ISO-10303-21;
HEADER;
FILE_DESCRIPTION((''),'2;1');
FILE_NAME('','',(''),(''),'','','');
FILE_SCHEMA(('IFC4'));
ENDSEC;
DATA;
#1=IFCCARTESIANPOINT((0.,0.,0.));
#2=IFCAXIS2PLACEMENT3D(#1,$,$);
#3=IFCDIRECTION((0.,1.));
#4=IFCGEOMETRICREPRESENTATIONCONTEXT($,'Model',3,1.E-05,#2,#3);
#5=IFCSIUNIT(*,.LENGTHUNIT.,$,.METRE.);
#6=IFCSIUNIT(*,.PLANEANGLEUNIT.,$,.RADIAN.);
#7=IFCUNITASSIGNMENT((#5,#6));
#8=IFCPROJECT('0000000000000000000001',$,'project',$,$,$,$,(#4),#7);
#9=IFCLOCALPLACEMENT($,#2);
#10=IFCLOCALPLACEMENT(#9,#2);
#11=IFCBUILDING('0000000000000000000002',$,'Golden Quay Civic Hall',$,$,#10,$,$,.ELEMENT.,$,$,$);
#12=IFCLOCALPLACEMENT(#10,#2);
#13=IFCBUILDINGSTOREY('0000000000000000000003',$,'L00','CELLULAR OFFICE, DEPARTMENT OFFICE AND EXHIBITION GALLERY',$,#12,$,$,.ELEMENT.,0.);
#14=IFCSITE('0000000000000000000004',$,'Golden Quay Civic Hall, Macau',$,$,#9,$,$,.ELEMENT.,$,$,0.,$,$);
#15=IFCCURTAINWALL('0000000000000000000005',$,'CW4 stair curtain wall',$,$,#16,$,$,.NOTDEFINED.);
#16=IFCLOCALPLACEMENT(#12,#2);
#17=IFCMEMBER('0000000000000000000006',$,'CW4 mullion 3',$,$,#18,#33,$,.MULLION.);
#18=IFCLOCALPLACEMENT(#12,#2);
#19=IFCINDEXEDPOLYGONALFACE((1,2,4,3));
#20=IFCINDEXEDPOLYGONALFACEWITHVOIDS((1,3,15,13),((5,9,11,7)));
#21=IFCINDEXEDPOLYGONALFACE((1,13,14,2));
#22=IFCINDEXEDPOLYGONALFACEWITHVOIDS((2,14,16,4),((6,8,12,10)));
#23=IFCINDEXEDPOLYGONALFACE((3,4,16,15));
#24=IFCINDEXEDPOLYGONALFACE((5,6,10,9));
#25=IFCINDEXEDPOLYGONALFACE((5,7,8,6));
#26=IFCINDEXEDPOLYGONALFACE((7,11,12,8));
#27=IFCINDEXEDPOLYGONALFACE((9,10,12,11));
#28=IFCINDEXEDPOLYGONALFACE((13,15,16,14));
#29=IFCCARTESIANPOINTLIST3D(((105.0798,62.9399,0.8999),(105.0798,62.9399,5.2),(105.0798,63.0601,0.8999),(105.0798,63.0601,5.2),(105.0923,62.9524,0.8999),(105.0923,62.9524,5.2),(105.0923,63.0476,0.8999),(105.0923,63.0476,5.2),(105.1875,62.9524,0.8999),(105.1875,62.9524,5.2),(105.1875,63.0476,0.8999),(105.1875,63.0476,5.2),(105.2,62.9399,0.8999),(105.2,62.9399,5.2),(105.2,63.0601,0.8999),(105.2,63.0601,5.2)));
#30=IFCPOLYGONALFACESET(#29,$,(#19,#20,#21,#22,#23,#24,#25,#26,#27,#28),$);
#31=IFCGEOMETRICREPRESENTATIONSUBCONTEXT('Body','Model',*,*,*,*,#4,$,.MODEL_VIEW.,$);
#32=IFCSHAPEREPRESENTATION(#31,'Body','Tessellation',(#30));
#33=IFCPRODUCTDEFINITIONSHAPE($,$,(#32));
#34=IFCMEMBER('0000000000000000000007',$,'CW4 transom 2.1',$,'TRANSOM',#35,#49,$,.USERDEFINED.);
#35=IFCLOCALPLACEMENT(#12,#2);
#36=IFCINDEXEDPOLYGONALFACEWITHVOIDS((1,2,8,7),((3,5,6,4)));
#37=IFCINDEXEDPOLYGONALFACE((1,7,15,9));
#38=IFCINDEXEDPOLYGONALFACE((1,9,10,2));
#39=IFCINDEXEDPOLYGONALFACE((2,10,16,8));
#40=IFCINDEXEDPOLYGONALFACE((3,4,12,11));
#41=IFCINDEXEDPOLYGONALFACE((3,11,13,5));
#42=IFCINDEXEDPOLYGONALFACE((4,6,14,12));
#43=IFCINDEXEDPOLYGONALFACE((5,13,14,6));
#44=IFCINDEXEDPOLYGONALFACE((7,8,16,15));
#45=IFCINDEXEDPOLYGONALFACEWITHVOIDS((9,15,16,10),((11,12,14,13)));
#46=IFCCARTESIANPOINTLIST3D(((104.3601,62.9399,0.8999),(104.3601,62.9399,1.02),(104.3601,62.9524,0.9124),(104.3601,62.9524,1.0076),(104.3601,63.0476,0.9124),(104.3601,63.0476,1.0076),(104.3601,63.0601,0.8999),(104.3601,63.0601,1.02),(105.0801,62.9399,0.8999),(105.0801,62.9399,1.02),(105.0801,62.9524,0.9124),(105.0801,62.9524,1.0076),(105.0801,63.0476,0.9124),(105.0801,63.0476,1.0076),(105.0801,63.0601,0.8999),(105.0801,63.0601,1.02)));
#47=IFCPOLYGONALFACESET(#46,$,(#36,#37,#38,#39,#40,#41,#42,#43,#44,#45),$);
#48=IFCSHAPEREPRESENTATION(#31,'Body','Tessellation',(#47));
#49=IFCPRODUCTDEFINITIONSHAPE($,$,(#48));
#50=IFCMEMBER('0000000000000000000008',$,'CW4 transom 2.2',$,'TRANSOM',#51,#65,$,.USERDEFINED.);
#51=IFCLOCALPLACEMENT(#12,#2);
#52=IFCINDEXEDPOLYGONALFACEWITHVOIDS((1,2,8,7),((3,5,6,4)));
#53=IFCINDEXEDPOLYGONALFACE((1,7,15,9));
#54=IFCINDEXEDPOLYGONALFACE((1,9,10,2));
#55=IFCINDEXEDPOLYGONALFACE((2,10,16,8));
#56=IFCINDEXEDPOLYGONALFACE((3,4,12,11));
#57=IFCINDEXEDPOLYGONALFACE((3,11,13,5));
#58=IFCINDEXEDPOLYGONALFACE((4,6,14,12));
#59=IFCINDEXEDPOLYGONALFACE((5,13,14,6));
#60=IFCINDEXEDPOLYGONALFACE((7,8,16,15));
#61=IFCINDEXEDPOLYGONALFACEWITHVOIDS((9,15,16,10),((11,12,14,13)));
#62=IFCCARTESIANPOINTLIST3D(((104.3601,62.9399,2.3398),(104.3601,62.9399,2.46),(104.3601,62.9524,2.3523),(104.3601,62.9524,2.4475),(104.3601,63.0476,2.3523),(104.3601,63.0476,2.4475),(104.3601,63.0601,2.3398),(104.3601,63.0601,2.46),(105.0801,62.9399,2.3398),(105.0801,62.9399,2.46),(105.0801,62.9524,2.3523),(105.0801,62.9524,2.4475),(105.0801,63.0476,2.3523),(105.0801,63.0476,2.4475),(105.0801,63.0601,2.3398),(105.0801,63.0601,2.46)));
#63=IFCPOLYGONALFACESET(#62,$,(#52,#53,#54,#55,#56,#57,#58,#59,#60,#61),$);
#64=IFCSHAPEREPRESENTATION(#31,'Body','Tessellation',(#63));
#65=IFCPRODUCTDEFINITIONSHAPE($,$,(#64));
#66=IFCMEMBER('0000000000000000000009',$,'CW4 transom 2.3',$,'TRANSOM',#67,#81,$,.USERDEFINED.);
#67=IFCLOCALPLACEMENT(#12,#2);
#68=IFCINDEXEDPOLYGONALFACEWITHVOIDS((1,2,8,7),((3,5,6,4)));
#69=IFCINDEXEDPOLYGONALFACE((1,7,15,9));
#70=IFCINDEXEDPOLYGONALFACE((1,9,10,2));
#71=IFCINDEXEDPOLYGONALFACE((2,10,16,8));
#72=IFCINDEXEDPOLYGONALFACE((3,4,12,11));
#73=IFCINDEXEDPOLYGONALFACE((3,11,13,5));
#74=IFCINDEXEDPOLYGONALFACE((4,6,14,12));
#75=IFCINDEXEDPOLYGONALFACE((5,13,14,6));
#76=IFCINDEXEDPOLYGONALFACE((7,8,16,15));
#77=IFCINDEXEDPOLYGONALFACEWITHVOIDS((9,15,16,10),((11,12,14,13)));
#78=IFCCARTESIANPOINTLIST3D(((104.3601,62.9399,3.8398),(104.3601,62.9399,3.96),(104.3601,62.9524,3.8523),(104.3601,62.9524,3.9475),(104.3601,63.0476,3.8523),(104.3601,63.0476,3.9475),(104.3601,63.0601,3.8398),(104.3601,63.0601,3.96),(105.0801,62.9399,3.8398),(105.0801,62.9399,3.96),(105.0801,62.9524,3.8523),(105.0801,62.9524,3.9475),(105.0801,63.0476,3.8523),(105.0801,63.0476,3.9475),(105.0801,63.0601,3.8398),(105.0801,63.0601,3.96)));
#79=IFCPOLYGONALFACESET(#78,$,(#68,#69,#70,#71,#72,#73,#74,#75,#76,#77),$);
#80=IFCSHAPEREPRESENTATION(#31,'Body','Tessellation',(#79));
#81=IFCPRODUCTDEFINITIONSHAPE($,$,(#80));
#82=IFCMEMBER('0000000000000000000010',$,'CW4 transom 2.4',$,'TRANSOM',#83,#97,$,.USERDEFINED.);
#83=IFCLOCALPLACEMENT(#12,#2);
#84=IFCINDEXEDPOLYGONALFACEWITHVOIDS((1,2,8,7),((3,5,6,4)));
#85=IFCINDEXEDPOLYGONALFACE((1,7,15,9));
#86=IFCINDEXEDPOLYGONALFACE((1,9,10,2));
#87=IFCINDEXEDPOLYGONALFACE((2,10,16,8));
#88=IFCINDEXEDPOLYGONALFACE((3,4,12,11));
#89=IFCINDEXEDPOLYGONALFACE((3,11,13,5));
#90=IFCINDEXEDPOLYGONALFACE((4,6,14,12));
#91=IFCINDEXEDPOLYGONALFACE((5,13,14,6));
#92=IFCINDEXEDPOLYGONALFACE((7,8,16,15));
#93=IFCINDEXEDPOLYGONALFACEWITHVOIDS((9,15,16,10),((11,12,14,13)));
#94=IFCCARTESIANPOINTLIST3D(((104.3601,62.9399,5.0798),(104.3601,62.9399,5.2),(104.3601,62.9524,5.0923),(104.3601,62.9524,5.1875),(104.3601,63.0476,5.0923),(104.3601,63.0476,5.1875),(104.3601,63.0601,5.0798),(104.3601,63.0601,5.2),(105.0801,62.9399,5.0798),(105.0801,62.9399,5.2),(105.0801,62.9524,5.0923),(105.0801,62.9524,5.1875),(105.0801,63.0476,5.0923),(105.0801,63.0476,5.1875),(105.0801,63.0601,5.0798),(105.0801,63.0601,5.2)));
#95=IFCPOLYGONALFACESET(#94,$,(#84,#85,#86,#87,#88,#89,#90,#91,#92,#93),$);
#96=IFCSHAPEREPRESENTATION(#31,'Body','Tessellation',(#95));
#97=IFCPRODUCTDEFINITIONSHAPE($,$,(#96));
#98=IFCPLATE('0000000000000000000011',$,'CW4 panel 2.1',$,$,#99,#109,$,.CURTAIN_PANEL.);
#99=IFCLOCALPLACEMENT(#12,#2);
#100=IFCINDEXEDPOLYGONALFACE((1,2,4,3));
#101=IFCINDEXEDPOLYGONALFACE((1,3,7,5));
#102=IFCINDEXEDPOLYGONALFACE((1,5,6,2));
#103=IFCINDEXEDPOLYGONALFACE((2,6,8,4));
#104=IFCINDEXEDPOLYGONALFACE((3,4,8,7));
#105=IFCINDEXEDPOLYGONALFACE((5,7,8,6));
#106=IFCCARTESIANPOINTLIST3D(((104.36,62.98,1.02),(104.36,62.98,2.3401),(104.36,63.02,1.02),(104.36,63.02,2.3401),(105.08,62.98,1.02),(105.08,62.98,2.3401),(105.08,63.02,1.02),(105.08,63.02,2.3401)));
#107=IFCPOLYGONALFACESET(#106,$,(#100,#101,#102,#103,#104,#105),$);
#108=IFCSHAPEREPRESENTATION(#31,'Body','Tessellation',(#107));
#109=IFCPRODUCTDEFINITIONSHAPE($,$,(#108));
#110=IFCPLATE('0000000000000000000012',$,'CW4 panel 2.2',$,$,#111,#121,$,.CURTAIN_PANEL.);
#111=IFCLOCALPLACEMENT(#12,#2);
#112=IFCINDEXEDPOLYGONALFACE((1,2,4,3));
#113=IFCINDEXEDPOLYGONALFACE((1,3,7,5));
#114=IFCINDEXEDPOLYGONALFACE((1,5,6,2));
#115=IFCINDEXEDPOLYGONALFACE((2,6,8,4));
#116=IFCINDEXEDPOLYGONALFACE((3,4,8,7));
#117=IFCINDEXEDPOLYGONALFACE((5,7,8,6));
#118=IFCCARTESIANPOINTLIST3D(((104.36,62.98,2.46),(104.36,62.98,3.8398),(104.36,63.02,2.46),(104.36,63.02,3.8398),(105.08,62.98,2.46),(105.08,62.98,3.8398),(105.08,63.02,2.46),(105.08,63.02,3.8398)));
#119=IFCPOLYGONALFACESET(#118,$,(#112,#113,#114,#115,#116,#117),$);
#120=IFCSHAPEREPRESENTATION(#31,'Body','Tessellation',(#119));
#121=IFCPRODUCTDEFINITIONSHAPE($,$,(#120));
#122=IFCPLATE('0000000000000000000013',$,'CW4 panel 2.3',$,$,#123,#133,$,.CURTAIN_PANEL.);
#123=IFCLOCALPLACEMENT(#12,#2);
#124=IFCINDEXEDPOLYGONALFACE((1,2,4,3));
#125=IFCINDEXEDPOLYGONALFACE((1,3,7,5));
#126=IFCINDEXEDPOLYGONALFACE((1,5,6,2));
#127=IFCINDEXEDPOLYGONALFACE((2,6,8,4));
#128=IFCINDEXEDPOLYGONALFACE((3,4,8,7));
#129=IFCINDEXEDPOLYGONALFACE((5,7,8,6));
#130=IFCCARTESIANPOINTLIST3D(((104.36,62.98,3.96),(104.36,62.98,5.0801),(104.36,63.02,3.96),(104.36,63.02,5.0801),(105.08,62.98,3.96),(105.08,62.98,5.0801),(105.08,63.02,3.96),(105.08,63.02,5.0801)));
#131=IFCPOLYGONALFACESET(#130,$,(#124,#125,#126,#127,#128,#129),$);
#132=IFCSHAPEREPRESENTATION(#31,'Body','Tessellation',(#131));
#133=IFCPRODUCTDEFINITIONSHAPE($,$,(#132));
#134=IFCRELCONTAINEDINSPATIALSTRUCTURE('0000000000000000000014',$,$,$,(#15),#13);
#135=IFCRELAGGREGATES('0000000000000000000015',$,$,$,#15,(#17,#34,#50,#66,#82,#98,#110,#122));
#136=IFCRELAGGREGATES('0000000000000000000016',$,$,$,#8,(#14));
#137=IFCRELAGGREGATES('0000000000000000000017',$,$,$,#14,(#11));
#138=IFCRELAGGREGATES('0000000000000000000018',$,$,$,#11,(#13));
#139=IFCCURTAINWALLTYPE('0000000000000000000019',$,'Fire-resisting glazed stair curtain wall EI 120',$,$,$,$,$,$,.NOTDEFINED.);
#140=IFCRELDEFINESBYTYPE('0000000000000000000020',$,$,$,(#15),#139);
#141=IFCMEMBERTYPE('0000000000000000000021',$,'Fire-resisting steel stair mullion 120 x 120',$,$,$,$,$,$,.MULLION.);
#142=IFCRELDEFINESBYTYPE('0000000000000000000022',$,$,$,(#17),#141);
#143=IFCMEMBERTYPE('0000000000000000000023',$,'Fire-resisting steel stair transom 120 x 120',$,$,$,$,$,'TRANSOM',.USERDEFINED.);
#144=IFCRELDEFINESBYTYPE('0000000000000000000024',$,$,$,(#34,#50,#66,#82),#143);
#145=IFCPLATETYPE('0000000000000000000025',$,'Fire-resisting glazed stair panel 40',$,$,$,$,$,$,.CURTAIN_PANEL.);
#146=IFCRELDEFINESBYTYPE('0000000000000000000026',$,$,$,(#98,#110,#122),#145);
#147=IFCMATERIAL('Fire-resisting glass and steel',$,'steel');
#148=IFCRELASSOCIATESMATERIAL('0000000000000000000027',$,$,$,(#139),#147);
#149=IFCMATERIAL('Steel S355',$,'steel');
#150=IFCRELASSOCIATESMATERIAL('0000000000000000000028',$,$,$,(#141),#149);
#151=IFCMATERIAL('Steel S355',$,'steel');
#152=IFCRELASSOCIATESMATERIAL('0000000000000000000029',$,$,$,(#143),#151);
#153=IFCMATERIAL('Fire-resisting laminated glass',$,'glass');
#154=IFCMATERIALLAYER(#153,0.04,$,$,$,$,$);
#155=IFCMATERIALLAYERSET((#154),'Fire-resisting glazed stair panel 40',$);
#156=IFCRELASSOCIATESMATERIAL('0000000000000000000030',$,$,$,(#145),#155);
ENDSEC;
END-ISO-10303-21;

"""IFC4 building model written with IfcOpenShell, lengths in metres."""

from ifc_helpers import new_model, si_unit, direction, frame, origin, origin_2d, place, context, subcontext, project, spatial, rectangle, hollow_rectangle, extrude, material, layer, layer_set, material_profile, profile_set, type_object, element, aggregate, save


model = new_model("IFC4")

# Units and contexts
model_context = context("Model", 3, precision=1e-05, world=origin(), true_north=direction((0.0, 1.0)))
body_context = subcontext(model_context, "Body", "Model", "MODEL_VIEW")
ifc_project = project(units=[si_unit("LENGTHUNIT", "METRE"), si_unit("PLANEANGLEUNIT", "RADIAN")], contexts=[model_context])

# Site, building, storey
site_placement = place(None, origin())
site = spatial("IfcSite", under=ifc_project, at=site_placement, Name="Golden Quay Civic Hall, Macau", CompositionType="ELEMENT", RefElevation=0.0)
building_placement = place(site_placement, origin())
building = spatial("IfcBuilding", under=site, at=building_placement, Name="Golden Quay Civic Hall", CompositionType="ELEMENT")
storey_placement = place(building_placement, origin())
storey = spatial("IfcBuildingStorey", under=building, at=storey_placement, Name="L00", Description="CELLULAR OFFICE, DEPARTMENT OFFICE AND EXHIBITION GALLERY", CompositionType="ELEMENT", Elevation=0.0)

# Curtain wall, members, plates
ifc_material_1 = material(Name="Fire-resisting glass and steel", Category="steel")
curtain_wall_type = type_object("IfcCurtainWallType", Name="Fire-resisting glazed stair curtain wall EI 120", PredefinedType="NOTDEFINED", material=ifc_material_1)
curtain_wall_placement = place(storey_placement, origin())
curtain_wall = element("IfcCurtainWall", 1, at=curtain_wall_placement, inside=storey, type_object=curtain_wall_type, Name="CW4 stair curtain wall", PredefinedType="NOTDEFINED")
ifc_material_2 = material(Name="Steel S355", Category="steel")
ifc_material_profile_1 = material_profile(ifc_material_2, hollow_rectangle(XDim=0.1201, YDim=0.1201, WallThickness=0.0125, at=origin_2d()), Name="SHS 120x120x12.5")
ifc_profile_set_1 = profile_set([ifc_material_profile_1], Name="Steel S355")
member_type_1 = type_object("IfcMemberType", Name="Fire-resisting steel stair mullion 120 x 120", PredefinedType="MULLION", material=ifc_profile_set_1)
member_1_placement = place(storey_placement, frame((105.1399, 63.0, 0.8999), z_axis=(0.0, 0.0, 1.0), x_axis=(0.0, 1.0, 0.0)))
member_1 = element("IfcMember", 2, at=member_1_placement, type_object=member_type_1, Name="CW4 mullion 3", PredefinedType="MULLION", context=body_context, shape_type="SweptSolid", body=[
    extrude(hollow_rectangle(XDim=0.1201, YDim=0.1201, WallThickness=0.0125, at=origin_2d()), origin(), (0.0, 0.0, 1.0), 4.3),
])
ifc_material_3 = material(Name="Steel S355", Category="steel")
ifc_material_profile_2 = material_profile(ifc_material_3, hollow_rectangle(XDim=0.1201, YDim=0.1201, WallThickness=0.0125, at=origin_2d()), Name="SHS 120x120x12.5")
ifc_profile_set_2 = profile_set([ifc_material_profile_2], Name="Steel S355")
member_type_2 = type_object("IfcMemberType", Name="Fire-resisting steel stair transom 120 x 120", ElementType="TRANSOM", PredefinedType="USERDEFINED", material=ifc_profile_set_2)
member_2_placement = place(storey_placement, frame((104.3601, 63.0, 0.96), z_axis=(1.0, 0.0, 0.0), x_axis=(0.0, 1.0, 0.0)))
member_2 = element("IfcMember", 3, at=member_2_placement, type_object=member_type_2, Name="CW4 transom 2.1", ObjectType="TRANSOM", PredefinedType="USERDEFINED", context=body_context, shape_type="SweptSolid", body=[
    extrude(hollow_rectangle(XDim=0.1201, YDim=0.1201, WallThickness=0.0125, at=origin_2d()), origin(), (0.0, 0.0, 1.0), 0.72),
])
member_3_placement = place(storey_placement, frame((104.3601, 63.0, 2.3999), z_axis=(1.0, 0.0, 0.0), x_axis=(0.0, 1.0, 0.0)))
member_3 = element("IfcMember", 4, at=member_3_placement, type_object=member_type_2, Name="CW4 transom 2.2", ObjectType="TRANSOM", PredefinedType="USERDEFINED", context=body_context, shape_type="SweptSolid", body=[
    extrude(hollow_rectangle(XDim=0.1201, YDim=0.1201, WallThickness=0.0125, at=origin_2d()), origin(), (0.0, 0.0, 1.0), 0.72),
])
member_4_placement = place(storey_placement, frame((104.3601, 63.0, 3.8999), z_axis=(1.0, 0.0, 0.0), x_axis=(0.0, 1.0, 0.0)))
member_4 = element("IfcMember", 5, at=member_4_placement, type_object=member_type_2, Name="CW4 transom 2.3", ObjectType="TRANSOM", PredefinedType="USERDEFINED", context=body_context, shape_type="SweptSolid", body=[
    extrude(hollow_rectangle(XDim=0.1201, YDim=0.1201, WallThickness=0.0125, at=origin_2d()), origin(), (0.0, 0.0, 1.0), 0.72),
])
member_5_placement = place(storey_placement, frame((104.3601, 63.0, 5.1399), z_axis=(1.0, 0.0, 0.0), x_axis=(0.0, 1.0, 0.0)))
member_5 = element("IfcMember", 6, at=member_5_placement, type_object=member_type_2, Name="CW4 transom 2.4", ObjectType="TRANSOM", PredefinedType="USERDEFINED", context=body_context, shape_type="SweptSolid", body=[
    extrude(hollow_rectangle(XDim=0.1201, YDim=0.1201, WallThickness=0.0125, at=origin_2d()), origin(), (0.0, 0.0, 1.0), 0.72),
])
ifc_material_4 = material(Name="Fire-resisting laminated glass", Category="glass")
ifc_layer = layer(ifc_material_4, 0.04)
ifc_layer_set = layer_set([ifc_layer], Name="Fire-resisting glazed stair panel 40")
plate_type = type_object("IfcPlateType", Name="Fire-resisting glazed stair panel 40", PredefinedType="CURTAIN_PANEL", material=ifc_layer_set)
plate_1_placement = place(storey_placement, frame((104.72, 63.0, 1.02), z_axis=(0.0, 0.0, 1.0), x_axis=(1.0, 0.0, 0.0)))
plate_1 = element("IfcPlate", 7, at=plate_1_placement, type_object=plate_type, Name="CW4 panel 2.1", PredefinedType="CURTAIN_PANEL", context=body_context, shape_type="SweptSolid", body=[
    extrude(rectangle(XDim=0.72, YDim=0.04, at=origin_2d()), origin(), (0.0, 0.0, 1.0), 1.3201),
])
plate_2_placement = place(storey_placement, frame((104.72, 63.0, 2.46), z_axis=(0.0, 0.0, 1.0), x_axis=(1.0, 0.0, 0.0)))
plate_2 = element("IfcPlate", 8, at=plate_2_placement, type_object=plate_type, Name="CW4 panel 2.2", PredefinedType="CURTAIN_PANEL", context=body_context, shape_type="SweptSolid", body=[
    extrude(rectangle(XDim=0.72, YDim=0.04, at=origin_2d()), origin(), (0.0, 0.0, 1.0), 1.3799),
])
plate_3_placement = place(storey_placement, frame((104.72, 63.0, 3.96), z_axis=(0.0, 0.0, 1.0), x_axis=(1.0, 0.0, 0.0)))
plate_3 = element("IfcPlate", 9, at=plate_3_placement, type_object=plate_type, Name="CW4 panel 2.3", PredefinedType="CURTAIN_PANEL", context=body_context, shape_type="SweptSolid", body=[
    extrude(rectangle(XDim=0.72, YDim=0.04, at=origin_2d()), origin(), (0.0, 0.0, 1.0), 1.1201),
])
aggregate(curtain_wall, [member_1, member_2, member_3, member_4, member_5, plate_1, plate_2, plate_3])

save(model, "model.ifc")
